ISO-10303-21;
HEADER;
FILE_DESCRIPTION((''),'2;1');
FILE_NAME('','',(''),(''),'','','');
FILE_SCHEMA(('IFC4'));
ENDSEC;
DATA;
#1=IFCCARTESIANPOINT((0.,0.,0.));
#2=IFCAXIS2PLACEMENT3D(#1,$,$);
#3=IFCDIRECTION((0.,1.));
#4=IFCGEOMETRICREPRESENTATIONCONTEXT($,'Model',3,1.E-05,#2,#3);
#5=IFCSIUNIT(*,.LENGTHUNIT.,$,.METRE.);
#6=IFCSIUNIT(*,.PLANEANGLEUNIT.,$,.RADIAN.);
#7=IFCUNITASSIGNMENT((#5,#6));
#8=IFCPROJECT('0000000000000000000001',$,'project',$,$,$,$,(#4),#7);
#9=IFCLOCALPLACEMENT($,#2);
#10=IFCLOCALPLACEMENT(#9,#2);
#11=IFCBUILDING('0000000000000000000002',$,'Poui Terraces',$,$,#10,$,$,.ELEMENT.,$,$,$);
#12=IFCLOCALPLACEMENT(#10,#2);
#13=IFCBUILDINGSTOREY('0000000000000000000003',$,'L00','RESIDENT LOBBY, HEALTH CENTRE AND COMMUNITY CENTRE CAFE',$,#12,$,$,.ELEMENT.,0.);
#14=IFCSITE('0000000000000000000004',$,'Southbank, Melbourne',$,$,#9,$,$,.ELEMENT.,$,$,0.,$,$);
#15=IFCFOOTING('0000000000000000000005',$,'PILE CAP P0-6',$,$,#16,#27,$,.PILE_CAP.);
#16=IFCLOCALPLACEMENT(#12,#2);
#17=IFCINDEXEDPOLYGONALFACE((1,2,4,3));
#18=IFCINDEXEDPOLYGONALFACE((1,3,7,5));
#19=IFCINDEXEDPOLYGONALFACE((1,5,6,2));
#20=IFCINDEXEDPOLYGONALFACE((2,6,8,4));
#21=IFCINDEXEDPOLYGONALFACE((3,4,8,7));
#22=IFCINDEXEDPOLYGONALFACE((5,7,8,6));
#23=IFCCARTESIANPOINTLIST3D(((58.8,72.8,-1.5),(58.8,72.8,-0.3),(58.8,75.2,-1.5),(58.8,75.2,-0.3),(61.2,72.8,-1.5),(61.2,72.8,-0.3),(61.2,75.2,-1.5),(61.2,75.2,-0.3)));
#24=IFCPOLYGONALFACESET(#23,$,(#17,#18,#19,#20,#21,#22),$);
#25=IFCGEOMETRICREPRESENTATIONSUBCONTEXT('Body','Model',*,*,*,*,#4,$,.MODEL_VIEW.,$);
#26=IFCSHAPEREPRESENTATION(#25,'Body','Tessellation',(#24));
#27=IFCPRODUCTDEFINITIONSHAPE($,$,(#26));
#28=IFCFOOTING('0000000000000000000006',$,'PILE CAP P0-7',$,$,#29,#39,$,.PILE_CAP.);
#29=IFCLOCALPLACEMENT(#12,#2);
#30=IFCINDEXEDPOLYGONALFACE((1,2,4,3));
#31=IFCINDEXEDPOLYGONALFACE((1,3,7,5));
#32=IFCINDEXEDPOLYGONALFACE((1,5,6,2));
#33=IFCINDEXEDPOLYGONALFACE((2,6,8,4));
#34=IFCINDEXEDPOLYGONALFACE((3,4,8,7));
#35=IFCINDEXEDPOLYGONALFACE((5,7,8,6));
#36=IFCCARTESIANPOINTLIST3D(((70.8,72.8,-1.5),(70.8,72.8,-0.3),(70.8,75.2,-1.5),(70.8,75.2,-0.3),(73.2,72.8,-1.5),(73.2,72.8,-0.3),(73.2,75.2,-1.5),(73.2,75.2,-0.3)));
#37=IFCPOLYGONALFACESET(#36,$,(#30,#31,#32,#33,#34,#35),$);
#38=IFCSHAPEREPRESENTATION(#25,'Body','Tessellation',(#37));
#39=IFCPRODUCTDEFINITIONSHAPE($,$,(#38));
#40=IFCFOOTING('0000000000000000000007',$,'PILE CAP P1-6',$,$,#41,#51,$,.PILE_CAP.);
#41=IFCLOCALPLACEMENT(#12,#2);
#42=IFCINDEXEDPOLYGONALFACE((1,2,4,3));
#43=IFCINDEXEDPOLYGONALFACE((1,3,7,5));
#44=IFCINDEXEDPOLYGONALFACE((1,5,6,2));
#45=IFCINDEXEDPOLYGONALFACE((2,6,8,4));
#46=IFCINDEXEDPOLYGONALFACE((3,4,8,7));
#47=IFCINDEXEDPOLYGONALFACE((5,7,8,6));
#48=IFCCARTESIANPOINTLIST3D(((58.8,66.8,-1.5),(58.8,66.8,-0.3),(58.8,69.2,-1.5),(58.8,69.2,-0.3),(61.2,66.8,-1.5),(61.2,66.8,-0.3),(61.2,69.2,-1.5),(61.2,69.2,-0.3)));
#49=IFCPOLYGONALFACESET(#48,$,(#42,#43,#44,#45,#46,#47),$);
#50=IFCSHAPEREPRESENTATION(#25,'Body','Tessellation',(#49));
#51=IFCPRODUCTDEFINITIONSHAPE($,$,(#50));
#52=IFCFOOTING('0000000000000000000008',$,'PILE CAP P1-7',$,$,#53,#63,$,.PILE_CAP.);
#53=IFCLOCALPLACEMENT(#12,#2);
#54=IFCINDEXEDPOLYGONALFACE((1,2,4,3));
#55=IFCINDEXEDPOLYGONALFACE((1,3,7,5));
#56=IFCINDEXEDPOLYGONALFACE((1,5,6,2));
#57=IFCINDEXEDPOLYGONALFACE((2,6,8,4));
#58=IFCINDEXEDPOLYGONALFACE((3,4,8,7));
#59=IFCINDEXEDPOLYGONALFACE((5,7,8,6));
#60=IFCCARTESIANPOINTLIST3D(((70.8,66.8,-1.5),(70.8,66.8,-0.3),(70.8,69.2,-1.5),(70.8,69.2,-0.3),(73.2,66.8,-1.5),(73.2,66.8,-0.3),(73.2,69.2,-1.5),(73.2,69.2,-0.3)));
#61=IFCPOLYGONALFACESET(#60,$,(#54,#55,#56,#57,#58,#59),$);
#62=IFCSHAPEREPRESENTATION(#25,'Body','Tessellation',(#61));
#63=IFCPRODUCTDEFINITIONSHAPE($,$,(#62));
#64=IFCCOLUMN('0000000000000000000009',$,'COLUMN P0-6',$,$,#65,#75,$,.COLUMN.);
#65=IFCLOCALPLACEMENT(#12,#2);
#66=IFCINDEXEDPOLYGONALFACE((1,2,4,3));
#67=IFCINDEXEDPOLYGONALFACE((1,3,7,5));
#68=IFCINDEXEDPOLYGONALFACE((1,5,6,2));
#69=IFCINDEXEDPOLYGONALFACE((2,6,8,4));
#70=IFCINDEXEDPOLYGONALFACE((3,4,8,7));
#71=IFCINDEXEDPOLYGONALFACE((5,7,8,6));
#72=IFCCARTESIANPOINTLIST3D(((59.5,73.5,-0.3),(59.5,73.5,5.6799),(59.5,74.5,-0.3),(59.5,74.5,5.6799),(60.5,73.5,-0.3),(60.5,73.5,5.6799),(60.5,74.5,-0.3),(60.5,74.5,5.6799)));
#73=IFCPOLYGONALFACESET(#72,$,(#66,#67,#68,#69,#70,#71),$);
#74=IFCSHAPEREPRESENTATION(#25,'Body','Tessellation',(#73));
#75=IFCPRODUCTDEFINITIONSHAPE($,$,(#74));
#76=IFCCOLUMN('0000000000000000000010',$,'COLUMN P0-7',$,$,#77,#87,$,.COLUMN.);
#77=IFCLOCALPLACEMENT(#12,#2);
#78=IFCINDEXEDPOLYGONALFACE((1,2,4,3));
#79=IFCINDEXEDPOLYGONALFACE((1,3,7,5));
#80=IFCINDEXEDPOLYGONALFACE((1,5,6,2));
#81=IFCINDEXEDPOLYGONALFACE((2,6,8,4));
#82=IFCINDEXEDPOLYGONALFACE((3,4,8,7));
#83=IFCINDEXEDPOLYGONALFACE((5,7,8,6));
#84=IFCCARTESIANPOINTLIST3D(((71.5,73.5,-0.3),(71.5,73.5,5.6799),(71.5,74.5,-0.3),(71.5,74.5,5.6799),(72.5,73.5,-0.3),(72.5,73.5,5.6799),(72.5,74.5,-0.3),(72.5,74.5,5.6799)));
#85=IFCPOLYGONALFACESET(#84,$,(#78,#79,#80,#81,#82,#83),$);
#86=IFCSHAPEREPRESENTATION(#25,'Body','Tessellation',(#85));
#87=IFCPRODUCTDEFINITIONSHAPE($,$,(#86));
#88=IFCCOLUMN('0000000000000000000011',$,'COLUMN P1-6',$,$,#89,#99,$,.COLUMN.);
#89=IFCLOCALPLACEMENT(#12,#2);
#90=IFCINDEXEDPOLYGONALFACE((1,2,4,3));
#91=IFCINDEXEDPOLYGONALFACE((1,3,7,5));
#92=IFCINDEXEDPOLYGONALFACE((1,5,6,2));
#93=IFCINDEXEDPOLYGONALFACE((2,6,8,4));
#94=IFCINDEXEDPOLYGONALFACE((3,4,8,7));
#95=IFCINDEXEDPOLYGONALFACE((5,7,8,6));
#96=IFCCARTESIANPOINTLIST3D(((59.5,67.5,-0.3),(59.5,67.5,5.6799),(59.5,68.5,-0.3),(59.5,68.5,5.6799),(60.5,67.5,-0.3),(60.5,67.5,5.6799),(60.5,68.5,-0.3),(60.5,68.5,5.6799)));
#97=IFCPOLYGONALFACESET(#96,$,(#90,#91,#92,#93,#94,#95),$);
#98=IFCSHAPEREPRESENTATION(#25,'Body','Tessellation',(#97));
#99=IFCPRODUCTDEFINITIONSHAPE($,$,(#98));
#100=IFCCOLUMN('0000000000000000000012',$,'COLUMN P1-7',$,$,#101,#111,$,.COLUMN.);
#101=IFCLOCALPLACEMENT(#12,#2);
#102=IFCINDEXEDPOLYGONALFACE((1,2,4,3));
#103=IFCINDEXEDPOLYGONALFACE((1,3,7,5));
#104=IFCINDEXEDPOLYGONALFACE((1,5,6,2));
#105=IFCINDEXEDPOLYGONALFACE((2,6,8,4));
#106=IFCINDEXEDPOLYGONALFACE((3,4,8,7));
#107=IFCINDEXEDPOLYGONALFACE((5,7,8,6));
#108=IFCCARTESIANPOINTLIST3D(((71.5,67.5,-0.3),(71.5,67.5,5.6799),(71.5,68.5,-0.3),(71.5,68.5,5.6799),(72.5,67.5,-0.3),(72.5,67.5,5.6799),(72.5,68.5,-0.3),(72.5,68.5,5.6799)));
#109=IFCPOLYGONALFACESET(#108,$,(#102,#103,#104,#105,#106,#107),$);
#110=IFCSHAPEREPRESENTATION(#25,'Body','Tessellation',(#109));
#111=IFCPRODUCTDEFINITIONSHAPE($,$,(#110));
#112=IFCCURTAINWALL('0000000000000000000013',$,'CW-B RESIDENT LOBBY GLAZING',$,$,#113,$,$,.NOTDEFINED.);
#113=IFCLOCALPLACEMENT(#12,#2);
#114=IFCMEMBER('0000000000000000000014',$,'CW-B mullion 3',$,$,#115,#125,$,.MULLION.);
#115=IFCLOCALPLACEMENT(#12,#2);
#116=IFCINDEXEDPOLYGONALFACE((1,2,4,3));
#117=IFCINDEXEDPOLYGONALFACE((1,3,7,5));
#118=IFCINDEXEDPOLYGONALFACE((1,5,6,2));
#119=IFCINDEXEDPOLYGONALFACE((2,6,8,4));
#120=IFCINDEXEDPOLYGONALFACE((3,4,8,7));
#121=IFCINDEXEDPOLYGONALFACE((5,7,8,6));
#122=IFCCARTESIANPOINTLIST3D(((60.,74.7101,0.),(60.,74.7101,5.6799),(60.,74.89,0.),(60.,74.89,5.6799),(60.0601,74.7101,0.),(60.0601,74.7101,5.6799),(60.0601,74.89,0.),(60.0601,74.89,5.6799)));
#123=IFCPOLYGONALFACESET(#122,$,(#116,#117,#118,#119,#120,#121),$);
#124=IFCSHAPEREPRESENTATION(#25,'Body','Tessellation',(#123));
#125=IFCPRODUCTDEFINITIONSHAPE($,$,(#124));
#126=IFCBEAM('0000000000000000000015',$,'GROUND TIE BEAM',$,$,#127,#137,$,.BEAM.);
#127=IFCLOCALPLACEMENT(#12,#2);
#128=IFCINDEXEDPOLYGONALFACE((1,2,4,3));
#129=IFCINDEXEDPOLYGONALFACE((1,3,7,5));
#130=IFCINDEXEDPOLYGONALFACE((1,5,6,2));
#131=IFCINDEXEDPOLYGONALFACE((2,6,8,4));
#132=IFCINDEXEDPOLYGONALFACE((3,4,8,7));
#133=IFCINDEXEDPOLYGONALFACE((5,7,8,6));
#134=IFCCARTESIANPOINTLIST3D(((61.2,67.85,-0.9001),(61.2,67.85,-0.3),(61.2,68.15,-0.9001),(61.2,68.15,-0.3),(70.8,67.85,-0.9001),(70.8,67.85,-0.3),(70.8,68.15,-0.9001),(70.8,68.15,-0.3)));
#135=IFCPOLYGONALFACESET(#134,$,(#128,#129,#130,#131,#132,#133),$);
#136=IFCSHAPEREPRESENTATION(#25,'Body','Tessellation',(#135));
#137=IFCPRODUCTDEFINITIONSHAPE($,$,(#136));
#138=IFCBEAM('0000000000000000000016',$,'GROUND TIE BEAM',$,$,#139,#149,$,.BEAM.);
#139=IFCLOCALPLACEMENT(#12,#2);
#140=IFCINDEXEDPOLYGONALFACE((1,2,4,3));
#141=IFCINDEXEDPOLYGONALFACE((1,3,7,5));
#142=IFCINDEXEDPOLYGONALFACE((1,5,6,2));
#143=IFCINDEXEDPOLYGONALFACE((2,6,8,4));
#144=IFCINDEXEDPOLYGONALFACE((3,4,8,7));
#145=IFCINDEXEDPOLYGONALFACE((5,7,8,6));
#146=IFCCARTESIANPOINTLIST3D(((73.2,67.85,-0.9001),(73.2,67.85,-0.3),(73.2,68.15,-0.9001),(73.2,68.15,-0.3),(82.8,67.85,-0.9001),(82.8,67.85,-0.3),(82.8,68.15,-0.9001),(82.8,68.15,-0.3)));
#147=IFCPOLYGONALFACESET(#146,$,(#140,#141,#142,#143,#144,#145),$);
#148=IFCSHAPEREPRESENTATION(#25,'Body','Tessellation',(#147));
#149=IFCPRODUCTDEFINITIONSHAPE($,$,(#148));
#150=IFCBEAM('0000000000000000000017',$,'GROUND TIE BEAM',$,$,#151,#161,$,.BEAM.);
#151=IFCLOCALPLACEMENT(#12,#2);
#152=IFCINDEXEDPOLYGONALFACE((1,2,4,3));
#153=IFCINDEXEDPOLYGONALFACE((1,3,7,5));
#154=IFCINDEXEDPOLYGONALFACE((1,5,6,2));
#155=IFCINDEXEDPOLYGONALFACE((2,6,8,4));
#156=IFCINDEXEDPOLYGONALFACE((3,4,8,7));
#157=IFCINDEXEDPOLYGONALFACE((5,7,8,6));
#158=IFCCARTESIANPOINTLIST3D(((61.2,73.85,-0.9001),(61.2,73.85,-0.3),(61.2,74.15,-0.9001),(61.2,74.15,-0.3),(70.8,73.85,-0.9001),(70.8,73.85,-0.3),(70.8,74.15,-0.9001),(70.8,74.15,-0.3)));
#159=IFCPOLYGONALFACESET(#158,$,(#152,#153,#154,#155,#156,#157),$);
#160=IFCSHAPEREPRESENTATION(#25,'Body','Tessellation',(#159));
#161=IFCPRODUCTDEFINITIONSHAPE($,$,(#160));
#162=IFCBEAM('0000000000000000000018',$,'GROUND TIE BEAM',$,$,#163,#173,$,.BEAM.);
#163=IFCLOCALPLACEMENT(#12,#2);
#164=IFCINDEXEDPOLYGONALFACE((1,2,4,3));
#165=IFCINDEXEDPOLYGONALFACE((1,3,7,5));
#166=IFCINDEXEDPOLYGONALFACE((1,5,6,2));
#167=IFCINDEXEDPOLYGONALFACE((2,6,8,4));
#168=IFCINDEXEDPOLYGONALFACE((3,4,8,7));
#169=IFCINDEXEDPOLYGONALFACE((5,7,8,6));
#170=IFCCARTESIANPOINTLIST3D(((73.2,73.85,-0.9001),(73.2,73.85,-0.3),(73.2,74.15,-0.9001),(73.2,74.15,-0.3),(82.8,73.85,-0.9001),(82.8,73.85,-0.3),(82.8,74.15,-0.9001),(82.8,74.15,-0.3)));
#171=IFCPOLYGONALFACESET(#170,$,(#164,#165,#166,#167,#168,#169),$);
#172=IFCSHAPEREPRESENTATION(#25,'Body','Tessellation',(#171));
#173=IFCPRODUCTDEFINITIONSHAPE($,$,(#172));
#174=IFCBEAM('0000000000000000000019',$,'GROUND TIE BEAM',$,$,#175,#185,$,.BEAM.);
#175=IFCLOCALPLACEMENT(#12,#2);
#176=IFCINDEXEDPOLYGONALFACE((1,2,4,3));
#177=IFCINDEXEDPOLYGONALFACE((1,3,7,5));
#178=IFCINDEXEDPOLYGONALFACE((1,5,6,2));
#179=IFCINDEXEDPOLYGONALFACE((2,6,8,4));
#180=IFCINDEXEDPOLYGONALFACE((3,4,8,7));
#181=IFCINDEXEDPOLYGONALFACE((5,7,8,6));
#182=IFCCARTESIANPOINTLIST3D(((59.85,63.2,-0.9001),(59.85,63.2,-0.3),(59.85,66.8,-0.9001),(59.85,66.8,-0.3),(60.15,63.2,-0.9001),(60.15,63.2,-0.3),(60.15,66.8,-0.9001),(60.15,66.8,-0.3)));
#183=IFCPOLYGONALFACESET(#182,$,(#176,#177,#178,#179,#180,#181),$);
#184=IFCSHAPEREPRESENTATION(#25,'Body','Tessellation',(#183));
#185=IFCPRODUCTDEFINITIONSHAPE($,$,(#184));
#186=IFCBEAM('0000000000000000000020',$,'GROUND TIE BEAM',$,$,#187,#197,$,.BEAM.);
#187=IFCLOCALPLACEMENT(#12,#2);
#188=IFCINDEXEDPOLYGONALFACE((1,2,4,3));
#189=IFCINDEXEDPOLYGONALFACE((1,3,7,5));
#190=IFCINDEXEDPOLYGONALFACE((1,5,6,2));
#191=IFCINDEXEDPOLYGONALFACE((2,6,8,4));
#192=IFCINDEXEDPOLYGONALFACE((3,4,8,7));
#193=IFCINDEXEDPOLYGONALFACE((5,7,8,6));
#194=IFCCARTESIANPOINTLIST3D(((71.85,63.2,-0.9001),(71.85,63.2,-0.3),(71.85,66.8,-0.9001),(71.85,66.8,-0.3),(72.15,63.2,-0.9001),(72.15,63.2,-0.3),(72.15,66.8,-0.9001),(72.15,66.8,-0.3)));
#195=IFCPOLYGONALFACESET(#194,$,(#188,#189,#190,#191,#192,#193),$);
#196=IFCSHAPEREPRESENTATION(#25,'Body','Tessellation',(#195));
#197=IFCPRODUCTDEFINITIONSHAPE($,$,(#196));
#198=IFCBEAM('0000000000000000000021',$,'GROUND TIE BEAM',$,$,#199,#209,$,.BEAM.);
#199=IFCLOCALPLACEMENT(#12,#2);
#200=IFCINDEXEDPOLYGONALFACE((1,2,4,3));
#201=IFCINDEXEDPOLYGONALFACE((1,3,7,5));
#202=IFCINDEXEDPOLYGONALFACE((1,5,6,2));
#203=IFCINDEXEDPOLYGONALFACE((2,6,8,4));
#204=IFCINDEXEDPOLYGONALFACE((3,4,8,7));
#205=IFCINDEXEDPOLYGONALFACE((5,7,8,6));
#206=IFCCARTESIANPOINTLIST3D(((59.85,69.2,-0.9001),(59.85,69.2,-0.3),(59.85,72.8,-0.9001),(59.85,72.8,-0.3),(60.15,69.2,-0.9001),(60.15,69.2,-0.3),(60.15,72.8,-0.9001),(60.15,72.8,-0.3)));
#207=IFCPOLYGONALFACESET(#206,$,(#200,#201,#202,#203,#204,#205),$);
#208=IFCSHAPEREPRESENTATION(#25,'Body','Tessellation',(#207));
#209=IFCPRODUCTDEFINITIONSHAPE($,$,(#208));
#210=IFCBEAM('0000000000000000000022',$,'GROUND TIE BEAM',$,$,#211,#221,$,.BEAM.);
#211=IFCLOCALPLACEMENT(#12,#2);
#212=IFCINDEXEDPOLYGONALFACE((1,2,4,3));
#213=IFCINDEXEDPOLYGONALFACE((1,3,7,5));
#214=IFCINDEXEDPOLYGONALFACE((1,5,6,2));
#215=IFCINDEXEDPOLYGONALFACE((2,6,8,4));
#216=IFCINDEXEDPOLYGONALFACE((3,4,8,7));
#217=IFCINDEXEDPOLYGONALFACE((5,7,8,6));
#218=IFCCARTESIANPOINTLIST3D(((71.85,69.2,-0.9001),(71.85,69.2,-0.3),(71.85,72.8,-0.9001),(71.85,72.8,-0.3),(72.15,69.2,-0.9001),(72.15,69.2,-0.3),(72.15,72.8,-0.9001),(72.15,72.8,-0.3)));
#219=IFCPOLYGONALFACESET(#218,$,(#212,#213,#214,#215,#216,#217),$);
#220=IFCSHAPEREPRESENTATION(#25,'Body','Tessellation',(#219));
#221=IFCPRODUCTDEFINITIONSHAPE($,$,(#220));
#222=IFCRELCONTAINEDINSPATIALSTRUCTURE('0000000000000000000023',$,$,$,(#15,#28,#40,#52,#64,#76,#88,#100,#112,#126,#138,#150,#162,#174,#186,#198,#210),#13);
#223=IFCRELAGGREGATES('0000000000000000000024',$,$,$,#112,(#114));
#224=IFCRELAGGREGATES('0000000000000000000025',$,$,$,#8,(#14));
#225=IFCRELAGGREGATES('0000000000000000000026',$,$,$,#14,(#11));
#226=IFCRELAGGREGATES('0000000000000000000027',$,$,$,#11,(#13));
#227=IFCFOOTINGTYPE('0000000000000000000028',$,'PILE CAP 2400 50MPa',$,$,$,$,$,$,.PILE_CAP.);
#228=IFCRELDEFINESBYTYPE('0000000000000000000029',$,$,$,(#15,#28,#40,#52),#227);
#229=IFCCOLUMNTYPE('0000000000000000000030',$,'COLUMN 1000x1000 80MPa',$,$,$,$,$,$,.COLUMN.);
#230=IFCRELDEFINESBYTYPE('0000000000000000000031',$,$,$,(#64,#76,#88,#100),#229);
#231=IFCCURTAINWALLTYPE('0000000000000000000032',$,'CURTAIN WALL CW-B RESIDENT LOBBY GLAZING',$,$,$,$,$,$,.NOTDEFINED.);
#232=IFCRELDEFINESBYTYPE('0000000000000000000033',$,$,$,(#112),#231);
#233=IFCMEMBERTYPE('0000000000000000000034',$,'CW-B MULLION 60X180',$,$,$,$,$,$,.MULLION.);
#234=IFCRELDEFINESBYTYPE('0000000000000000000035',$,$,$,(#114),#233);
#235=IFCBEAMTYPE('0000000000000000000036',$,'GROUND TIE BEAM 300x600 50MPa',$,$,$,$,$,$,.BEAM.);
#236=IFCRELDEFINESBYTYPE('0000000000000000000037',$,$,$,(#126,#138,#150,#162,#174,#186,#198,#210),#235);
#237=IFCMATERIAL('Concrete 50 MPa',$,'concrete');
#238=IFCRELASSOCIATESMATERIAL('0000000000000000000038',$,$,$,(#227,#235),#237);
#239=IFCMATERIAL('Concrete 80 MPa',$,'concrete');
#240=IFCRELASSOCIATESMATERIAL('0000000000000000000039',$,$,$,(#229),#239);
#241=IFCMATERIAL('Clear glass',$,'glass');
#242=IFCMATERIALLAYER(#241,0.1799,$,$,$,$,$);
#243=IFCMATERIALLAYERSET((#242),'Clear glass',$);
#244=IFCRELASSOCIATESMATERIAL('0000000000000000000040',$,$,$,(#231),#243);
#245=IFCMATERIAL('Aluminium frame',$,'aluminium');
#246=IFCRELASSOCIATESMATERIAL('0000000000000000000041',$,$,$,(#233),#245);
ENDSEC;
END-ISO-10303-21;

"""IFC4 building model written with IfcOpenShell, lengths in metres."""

from ifc_helpers import new_model, si_unit, direction, frame, origin, origin_2d, place, context, subcontext, project, spatial, rectangle, extrude, source, transform, mapped, material, layer, layer_set, material_profile, profile_set, type_object, element, aggregate, save


model = new_model("IFC4")

# Units and contexts
model_context = context("Model", 3, precision=1e-05, world=origin(), true_north=direction((0.0, 1.0)))
body_context = subcontext(model_context, "Body", "Model", "MODEL_VIEW")
ifc_project = project(units=[si_unit("LENGTHUNIT", "METRE"), si_unit("PLANEANGLEUNIT", "RADIAN")], contexts=[model_context])

# Site, building, storey
site_placement = place(None, origin())
site = spatial("IfcSite", under=ifc_project, at=site_placement, Name="Southbank, Melbourne", CompositionType="ELEMENT", RefElevation=0.0)
building_placement = place(site_placement, origin())
building = spatial("IfcBuilding", under=site, at=building_placement, Name="Poui Terraces", CompositionType="ELEMENT")
storey_placement = place(building_placement, origin())
storey = spatial("IfcBuildingStorey", under=building, at=storey_placement, Name="L00", Description="RESIDENT LOBBY, HEALTH CENTRE AND COMMUNITY CENTRE CAFE", CompositionType="ELEMENT", Elevation=0.0)

# Shared definitions
ifc_material_1 = material(Name="Concrete 50 MPa", Category="concrete")

# Footings
footing_type = type_object("IfcFootingType", Name="PILE CAP 2400 50MPa", PredefinedType="PILE_CAP", material=ifc_material_1)
shared_shape_1 = source(origin(), body_context, "Body", "SweptSolid", [
    extrude(rectangle(XDim=2.3999, YDim=2.3999, at=origin_2d()), origin(), (0.0, 0.0, 1.0), 1.2),
])
for number, where, z_axis, x_axis, name in (
    (1, (60.0, 74.0, -1.5), (0.0, 0.0, 1.0), (1.0, 0.0, 0.0), "PILE CAP P0-6"),
    (2, (72.0, 74.0, -1.5), (0.0, 0.0, 1.0), (1.0, 0.0, 0.0), "PILE CAP P0-7"),
    (3, (60.0, 68.0, -1.5), (0.0, 0.0, 1.0), (1.0, 0.0, 0.0), "PILE CAP P1-6"),
    (4, (72.0, 68.0, -1.5), (0.0, 0.0, 1.0), (1.0, 0.0, 0.0), "PILE CAP P1-7"),
):
    element("IfcFooting", number, at=place(storey_placement, frame(where, z_axis=z_axis, x_axis=x_axis)), inside=storey, type_object=footing_type, Name=name, PredefinedType="PILE_CAP", context=body_context, shape_type="MappedRepresentation", body=[
        mapped(shared_shape_1, transform((0.0, 0.0, 0.0))),
    ])

# Columns
ifc_material_2 = material(Name="Concrete 80 MPa", Category="concrete")
ifc_material_profile_1 = material_profile(ifc_material_2, rectangle(XDim=1.0, YDim=1.0, at=origin_2d()), Name="RC 1000x1000")
ifc_profile_set_1 = profile_set([ifc_material_profile_1], Name="Concrete 80 MPa")
column_type = type_object("IfcColumnType", Name="COLUMN 1000x1000 80MPa", PredefinedType="COLUMN", material=ifc_profile_set_1)
shared_shape_2 = source(origin(), body_context, "Body", "SweptSolid", [
    extrude(rectangle(XDim=1.0, YDim=1.0, at=origin_2d()), origin(), (0.0, 0.0, 1.0), 5.98),
])
for number, where, z_axis, x_axis, name in (
    (5, (60.0, 74.0, -0.3), (0.0, 0.0, 1.0), (1.0, 0.0, 0.0), "COLUMN P0-6"),
    (6, (72.0, 74.0, -0.3), (0.0, 0.0, 1.0), (1.0, 0.0, 0.0), "COLUMN P0-7"),
    (7, (60.0, 68.0, -0.3), (0.0, 0.0, 1.0), (1.0, 0.0, 0.0), "COLUMN P1-6"),
    (8, (72.0, 68.0, -0.3), (0.0, 0.0, 1.0), (1.0, 0.0, 0.0), "COLUMN P1-7"),
):
    element("IfcColumn", number, at=place(storey_placement, frame(where, z_axis=z_axis, x_axis=x_axis)), inside=storey, type_object=column_type, Name=name, PredefinedType="COLUMN", context=body_context, shape_type="MappedRepresentation", body=[
        mapped(shared_shape_2, transform((0.0, 0.0, 0.0))),
    ])

# Curtain wall, member
ifc_material_3 = material(Name="Clear glass", Category="glass")
ifc_layer_1 = layer(ifc_material_3, 0.1799)
ifc_layer_set_1 = layer_set([ifc_layer_1], Name="Clear glass")
curtain_wall_type = type_object("IfcCurtainWallType", Name="CURTAIN WALL CW-B RESIDENT LOBBY GLAZING", PredefinedType="NOTDEFINED", material=ifc_layer_set_1)
curtain_wall_placement = place(storey_placement, origin())
curtain_wall = element("IfcCurtainWall", 9, at=curtain_wall_placement, inside=storey, type_object=curtain_wall_type, Name="CW-B RESIDENT LOBBY GLAZING", PredefinedType="NOTDEFINED")
ifc_material_4 = material(Name="Aluminium frame", Category="aluminium")
ifc_material_profile_2 = material_profile(ifc_material_4, rectangle(XDim=0.1799, YDim=0.0601, at=origin_2d()), Name="CW-B MULLION 60X180")
ifc_profile_set_2 = profile_set([ifc_material_profile_2], Name="Aluminium frame")
member_type = type_object("IfcMemberType", Name="CW-B MULLION 60X180", PredefinedType="MULLION", material=ifc_profile_set_2)
member_placement = place(storey_placement, frame((60.03, 74.8, 0.0), z_axis=(0.0, 0.0, 1.0), x_axis=(0.0, -1.0, 0.0)))
member = element("IfcMember", 10, at=member_placement, type_object=member_type, Name="CW-B mullion 3", PredefinedType="MULLION", context=body_context, shape_type="SweptSolid", body=[
    extrude(rectangle(XDim=0.1799, YDim=0.0601, at=origin_2d()), origin(), (0.0, 0.0, 1.0), 5.6799),
])

# Beams
ifc_material_profile_3 = material_profile(ifc_material_1, rectangle(XDim=0.3, YDim=0.6001, at=origin_2d()), Name="RC 300x600")
ifc_profile_set_3 = profile_set([ifc_material_profile_3], Name="Concrete 50 MPa")
beam_type_1 = type_object("IfcBeamType", Name="GROUND TIE BEAM 300x600 50MPa", PredefinedType="BEAM", material=ifc_profile_set_3)
shared_shape_3 = source(origin(), body_context, "Body", "SweptSolid", [
    extrude(rectangle(XDim=0.3, YDim=0.6001, at=origin_2d()), origin(), (0.0, 0.0, 1.0), 9.6001),
])
for number, where, z_axis, x_axis, name in (
    (11, (61.2, 68.0, -0.6001), (1.0, 0.0, 0.0), (0.0, 1.0, 0.0), "GROUND TIE BEAM"),
    (12, (73.2, 68.0, -0.6001), (1.0, 0.0, 0.0), (0.0, 1.0, 0.0), "GROUND TIE BEAM"),
    (13, (61.2, 74.0, -0.6001), (1.0, 0.0, 0.0), (0.0, 1.0, 0.0), "GROUND TIE BEAM"),
    (14, (73.2, 74.0, -0.6001), (1.0, 0.0, 0.0), (0.0, 1.0, 0.0), "GROUND TIE BEAM"),
):
    element("IfcBeam", number, at=place(storey_placement, frame(where, z_axis=z_axis, x_axis=x_axis)), inside=storey, type_object=beam_type_1, Name=name, PredefinedType="BEAM", context=body_context, shape_type="MappedRepresentation", body=[
        mapped(shared_shape_3, transform((0.0, 0.0, 0.0))),
    ])
shared_shape_4 = source(origin(), body_context, "Body", "SweptSolid", [
    extrude(rectangle(XDim=0.3, YDim=0.6001, at=origin_2d()), origin(), (0.0, 0.0, 1.0), 3.6001),
])
for number, where, z_axis, x_axis, name in (
    (15, (60.0, 63.2, -0.6001), (0.0, 1.0, 0.0), (-1.0, 0.0, 0.0), "GROUND TIE BEAM"),
    (16, (72.0, 63.2, -0.6001), (0.0, 1.0, 0.0), (-1.0, 0.0, 0.0), "GROUND TIE BEAM"),
    (17, (60.0, 69.2, -0.6001), (0.0, 1.0, 0.0), (-1.0, 0.0, 0.0), "GROUND TIE BEAM"),
    (18, (72.0, 69.2, -0.6001), (0.0, 1.0, 0.0), (-1.0, 0.0, 0.0), "GROUND TIE BEAM"),
):
    element("IfcBeam", number, at=place(storey_placement, frame(where, z_axis=z_axis, x_axis=x_axis)), inside=storey, type_object=beam_type_1, Name=name, PredefinedType="BEAM", context=body_context, shape_type="MappedRepresentation", body=[
        mapped(shared_shape_4, transform((0.0, 0.0, 0.0))),
    ])

aggregate(curtain_wall, [member])

save(model, "model.ifc")
